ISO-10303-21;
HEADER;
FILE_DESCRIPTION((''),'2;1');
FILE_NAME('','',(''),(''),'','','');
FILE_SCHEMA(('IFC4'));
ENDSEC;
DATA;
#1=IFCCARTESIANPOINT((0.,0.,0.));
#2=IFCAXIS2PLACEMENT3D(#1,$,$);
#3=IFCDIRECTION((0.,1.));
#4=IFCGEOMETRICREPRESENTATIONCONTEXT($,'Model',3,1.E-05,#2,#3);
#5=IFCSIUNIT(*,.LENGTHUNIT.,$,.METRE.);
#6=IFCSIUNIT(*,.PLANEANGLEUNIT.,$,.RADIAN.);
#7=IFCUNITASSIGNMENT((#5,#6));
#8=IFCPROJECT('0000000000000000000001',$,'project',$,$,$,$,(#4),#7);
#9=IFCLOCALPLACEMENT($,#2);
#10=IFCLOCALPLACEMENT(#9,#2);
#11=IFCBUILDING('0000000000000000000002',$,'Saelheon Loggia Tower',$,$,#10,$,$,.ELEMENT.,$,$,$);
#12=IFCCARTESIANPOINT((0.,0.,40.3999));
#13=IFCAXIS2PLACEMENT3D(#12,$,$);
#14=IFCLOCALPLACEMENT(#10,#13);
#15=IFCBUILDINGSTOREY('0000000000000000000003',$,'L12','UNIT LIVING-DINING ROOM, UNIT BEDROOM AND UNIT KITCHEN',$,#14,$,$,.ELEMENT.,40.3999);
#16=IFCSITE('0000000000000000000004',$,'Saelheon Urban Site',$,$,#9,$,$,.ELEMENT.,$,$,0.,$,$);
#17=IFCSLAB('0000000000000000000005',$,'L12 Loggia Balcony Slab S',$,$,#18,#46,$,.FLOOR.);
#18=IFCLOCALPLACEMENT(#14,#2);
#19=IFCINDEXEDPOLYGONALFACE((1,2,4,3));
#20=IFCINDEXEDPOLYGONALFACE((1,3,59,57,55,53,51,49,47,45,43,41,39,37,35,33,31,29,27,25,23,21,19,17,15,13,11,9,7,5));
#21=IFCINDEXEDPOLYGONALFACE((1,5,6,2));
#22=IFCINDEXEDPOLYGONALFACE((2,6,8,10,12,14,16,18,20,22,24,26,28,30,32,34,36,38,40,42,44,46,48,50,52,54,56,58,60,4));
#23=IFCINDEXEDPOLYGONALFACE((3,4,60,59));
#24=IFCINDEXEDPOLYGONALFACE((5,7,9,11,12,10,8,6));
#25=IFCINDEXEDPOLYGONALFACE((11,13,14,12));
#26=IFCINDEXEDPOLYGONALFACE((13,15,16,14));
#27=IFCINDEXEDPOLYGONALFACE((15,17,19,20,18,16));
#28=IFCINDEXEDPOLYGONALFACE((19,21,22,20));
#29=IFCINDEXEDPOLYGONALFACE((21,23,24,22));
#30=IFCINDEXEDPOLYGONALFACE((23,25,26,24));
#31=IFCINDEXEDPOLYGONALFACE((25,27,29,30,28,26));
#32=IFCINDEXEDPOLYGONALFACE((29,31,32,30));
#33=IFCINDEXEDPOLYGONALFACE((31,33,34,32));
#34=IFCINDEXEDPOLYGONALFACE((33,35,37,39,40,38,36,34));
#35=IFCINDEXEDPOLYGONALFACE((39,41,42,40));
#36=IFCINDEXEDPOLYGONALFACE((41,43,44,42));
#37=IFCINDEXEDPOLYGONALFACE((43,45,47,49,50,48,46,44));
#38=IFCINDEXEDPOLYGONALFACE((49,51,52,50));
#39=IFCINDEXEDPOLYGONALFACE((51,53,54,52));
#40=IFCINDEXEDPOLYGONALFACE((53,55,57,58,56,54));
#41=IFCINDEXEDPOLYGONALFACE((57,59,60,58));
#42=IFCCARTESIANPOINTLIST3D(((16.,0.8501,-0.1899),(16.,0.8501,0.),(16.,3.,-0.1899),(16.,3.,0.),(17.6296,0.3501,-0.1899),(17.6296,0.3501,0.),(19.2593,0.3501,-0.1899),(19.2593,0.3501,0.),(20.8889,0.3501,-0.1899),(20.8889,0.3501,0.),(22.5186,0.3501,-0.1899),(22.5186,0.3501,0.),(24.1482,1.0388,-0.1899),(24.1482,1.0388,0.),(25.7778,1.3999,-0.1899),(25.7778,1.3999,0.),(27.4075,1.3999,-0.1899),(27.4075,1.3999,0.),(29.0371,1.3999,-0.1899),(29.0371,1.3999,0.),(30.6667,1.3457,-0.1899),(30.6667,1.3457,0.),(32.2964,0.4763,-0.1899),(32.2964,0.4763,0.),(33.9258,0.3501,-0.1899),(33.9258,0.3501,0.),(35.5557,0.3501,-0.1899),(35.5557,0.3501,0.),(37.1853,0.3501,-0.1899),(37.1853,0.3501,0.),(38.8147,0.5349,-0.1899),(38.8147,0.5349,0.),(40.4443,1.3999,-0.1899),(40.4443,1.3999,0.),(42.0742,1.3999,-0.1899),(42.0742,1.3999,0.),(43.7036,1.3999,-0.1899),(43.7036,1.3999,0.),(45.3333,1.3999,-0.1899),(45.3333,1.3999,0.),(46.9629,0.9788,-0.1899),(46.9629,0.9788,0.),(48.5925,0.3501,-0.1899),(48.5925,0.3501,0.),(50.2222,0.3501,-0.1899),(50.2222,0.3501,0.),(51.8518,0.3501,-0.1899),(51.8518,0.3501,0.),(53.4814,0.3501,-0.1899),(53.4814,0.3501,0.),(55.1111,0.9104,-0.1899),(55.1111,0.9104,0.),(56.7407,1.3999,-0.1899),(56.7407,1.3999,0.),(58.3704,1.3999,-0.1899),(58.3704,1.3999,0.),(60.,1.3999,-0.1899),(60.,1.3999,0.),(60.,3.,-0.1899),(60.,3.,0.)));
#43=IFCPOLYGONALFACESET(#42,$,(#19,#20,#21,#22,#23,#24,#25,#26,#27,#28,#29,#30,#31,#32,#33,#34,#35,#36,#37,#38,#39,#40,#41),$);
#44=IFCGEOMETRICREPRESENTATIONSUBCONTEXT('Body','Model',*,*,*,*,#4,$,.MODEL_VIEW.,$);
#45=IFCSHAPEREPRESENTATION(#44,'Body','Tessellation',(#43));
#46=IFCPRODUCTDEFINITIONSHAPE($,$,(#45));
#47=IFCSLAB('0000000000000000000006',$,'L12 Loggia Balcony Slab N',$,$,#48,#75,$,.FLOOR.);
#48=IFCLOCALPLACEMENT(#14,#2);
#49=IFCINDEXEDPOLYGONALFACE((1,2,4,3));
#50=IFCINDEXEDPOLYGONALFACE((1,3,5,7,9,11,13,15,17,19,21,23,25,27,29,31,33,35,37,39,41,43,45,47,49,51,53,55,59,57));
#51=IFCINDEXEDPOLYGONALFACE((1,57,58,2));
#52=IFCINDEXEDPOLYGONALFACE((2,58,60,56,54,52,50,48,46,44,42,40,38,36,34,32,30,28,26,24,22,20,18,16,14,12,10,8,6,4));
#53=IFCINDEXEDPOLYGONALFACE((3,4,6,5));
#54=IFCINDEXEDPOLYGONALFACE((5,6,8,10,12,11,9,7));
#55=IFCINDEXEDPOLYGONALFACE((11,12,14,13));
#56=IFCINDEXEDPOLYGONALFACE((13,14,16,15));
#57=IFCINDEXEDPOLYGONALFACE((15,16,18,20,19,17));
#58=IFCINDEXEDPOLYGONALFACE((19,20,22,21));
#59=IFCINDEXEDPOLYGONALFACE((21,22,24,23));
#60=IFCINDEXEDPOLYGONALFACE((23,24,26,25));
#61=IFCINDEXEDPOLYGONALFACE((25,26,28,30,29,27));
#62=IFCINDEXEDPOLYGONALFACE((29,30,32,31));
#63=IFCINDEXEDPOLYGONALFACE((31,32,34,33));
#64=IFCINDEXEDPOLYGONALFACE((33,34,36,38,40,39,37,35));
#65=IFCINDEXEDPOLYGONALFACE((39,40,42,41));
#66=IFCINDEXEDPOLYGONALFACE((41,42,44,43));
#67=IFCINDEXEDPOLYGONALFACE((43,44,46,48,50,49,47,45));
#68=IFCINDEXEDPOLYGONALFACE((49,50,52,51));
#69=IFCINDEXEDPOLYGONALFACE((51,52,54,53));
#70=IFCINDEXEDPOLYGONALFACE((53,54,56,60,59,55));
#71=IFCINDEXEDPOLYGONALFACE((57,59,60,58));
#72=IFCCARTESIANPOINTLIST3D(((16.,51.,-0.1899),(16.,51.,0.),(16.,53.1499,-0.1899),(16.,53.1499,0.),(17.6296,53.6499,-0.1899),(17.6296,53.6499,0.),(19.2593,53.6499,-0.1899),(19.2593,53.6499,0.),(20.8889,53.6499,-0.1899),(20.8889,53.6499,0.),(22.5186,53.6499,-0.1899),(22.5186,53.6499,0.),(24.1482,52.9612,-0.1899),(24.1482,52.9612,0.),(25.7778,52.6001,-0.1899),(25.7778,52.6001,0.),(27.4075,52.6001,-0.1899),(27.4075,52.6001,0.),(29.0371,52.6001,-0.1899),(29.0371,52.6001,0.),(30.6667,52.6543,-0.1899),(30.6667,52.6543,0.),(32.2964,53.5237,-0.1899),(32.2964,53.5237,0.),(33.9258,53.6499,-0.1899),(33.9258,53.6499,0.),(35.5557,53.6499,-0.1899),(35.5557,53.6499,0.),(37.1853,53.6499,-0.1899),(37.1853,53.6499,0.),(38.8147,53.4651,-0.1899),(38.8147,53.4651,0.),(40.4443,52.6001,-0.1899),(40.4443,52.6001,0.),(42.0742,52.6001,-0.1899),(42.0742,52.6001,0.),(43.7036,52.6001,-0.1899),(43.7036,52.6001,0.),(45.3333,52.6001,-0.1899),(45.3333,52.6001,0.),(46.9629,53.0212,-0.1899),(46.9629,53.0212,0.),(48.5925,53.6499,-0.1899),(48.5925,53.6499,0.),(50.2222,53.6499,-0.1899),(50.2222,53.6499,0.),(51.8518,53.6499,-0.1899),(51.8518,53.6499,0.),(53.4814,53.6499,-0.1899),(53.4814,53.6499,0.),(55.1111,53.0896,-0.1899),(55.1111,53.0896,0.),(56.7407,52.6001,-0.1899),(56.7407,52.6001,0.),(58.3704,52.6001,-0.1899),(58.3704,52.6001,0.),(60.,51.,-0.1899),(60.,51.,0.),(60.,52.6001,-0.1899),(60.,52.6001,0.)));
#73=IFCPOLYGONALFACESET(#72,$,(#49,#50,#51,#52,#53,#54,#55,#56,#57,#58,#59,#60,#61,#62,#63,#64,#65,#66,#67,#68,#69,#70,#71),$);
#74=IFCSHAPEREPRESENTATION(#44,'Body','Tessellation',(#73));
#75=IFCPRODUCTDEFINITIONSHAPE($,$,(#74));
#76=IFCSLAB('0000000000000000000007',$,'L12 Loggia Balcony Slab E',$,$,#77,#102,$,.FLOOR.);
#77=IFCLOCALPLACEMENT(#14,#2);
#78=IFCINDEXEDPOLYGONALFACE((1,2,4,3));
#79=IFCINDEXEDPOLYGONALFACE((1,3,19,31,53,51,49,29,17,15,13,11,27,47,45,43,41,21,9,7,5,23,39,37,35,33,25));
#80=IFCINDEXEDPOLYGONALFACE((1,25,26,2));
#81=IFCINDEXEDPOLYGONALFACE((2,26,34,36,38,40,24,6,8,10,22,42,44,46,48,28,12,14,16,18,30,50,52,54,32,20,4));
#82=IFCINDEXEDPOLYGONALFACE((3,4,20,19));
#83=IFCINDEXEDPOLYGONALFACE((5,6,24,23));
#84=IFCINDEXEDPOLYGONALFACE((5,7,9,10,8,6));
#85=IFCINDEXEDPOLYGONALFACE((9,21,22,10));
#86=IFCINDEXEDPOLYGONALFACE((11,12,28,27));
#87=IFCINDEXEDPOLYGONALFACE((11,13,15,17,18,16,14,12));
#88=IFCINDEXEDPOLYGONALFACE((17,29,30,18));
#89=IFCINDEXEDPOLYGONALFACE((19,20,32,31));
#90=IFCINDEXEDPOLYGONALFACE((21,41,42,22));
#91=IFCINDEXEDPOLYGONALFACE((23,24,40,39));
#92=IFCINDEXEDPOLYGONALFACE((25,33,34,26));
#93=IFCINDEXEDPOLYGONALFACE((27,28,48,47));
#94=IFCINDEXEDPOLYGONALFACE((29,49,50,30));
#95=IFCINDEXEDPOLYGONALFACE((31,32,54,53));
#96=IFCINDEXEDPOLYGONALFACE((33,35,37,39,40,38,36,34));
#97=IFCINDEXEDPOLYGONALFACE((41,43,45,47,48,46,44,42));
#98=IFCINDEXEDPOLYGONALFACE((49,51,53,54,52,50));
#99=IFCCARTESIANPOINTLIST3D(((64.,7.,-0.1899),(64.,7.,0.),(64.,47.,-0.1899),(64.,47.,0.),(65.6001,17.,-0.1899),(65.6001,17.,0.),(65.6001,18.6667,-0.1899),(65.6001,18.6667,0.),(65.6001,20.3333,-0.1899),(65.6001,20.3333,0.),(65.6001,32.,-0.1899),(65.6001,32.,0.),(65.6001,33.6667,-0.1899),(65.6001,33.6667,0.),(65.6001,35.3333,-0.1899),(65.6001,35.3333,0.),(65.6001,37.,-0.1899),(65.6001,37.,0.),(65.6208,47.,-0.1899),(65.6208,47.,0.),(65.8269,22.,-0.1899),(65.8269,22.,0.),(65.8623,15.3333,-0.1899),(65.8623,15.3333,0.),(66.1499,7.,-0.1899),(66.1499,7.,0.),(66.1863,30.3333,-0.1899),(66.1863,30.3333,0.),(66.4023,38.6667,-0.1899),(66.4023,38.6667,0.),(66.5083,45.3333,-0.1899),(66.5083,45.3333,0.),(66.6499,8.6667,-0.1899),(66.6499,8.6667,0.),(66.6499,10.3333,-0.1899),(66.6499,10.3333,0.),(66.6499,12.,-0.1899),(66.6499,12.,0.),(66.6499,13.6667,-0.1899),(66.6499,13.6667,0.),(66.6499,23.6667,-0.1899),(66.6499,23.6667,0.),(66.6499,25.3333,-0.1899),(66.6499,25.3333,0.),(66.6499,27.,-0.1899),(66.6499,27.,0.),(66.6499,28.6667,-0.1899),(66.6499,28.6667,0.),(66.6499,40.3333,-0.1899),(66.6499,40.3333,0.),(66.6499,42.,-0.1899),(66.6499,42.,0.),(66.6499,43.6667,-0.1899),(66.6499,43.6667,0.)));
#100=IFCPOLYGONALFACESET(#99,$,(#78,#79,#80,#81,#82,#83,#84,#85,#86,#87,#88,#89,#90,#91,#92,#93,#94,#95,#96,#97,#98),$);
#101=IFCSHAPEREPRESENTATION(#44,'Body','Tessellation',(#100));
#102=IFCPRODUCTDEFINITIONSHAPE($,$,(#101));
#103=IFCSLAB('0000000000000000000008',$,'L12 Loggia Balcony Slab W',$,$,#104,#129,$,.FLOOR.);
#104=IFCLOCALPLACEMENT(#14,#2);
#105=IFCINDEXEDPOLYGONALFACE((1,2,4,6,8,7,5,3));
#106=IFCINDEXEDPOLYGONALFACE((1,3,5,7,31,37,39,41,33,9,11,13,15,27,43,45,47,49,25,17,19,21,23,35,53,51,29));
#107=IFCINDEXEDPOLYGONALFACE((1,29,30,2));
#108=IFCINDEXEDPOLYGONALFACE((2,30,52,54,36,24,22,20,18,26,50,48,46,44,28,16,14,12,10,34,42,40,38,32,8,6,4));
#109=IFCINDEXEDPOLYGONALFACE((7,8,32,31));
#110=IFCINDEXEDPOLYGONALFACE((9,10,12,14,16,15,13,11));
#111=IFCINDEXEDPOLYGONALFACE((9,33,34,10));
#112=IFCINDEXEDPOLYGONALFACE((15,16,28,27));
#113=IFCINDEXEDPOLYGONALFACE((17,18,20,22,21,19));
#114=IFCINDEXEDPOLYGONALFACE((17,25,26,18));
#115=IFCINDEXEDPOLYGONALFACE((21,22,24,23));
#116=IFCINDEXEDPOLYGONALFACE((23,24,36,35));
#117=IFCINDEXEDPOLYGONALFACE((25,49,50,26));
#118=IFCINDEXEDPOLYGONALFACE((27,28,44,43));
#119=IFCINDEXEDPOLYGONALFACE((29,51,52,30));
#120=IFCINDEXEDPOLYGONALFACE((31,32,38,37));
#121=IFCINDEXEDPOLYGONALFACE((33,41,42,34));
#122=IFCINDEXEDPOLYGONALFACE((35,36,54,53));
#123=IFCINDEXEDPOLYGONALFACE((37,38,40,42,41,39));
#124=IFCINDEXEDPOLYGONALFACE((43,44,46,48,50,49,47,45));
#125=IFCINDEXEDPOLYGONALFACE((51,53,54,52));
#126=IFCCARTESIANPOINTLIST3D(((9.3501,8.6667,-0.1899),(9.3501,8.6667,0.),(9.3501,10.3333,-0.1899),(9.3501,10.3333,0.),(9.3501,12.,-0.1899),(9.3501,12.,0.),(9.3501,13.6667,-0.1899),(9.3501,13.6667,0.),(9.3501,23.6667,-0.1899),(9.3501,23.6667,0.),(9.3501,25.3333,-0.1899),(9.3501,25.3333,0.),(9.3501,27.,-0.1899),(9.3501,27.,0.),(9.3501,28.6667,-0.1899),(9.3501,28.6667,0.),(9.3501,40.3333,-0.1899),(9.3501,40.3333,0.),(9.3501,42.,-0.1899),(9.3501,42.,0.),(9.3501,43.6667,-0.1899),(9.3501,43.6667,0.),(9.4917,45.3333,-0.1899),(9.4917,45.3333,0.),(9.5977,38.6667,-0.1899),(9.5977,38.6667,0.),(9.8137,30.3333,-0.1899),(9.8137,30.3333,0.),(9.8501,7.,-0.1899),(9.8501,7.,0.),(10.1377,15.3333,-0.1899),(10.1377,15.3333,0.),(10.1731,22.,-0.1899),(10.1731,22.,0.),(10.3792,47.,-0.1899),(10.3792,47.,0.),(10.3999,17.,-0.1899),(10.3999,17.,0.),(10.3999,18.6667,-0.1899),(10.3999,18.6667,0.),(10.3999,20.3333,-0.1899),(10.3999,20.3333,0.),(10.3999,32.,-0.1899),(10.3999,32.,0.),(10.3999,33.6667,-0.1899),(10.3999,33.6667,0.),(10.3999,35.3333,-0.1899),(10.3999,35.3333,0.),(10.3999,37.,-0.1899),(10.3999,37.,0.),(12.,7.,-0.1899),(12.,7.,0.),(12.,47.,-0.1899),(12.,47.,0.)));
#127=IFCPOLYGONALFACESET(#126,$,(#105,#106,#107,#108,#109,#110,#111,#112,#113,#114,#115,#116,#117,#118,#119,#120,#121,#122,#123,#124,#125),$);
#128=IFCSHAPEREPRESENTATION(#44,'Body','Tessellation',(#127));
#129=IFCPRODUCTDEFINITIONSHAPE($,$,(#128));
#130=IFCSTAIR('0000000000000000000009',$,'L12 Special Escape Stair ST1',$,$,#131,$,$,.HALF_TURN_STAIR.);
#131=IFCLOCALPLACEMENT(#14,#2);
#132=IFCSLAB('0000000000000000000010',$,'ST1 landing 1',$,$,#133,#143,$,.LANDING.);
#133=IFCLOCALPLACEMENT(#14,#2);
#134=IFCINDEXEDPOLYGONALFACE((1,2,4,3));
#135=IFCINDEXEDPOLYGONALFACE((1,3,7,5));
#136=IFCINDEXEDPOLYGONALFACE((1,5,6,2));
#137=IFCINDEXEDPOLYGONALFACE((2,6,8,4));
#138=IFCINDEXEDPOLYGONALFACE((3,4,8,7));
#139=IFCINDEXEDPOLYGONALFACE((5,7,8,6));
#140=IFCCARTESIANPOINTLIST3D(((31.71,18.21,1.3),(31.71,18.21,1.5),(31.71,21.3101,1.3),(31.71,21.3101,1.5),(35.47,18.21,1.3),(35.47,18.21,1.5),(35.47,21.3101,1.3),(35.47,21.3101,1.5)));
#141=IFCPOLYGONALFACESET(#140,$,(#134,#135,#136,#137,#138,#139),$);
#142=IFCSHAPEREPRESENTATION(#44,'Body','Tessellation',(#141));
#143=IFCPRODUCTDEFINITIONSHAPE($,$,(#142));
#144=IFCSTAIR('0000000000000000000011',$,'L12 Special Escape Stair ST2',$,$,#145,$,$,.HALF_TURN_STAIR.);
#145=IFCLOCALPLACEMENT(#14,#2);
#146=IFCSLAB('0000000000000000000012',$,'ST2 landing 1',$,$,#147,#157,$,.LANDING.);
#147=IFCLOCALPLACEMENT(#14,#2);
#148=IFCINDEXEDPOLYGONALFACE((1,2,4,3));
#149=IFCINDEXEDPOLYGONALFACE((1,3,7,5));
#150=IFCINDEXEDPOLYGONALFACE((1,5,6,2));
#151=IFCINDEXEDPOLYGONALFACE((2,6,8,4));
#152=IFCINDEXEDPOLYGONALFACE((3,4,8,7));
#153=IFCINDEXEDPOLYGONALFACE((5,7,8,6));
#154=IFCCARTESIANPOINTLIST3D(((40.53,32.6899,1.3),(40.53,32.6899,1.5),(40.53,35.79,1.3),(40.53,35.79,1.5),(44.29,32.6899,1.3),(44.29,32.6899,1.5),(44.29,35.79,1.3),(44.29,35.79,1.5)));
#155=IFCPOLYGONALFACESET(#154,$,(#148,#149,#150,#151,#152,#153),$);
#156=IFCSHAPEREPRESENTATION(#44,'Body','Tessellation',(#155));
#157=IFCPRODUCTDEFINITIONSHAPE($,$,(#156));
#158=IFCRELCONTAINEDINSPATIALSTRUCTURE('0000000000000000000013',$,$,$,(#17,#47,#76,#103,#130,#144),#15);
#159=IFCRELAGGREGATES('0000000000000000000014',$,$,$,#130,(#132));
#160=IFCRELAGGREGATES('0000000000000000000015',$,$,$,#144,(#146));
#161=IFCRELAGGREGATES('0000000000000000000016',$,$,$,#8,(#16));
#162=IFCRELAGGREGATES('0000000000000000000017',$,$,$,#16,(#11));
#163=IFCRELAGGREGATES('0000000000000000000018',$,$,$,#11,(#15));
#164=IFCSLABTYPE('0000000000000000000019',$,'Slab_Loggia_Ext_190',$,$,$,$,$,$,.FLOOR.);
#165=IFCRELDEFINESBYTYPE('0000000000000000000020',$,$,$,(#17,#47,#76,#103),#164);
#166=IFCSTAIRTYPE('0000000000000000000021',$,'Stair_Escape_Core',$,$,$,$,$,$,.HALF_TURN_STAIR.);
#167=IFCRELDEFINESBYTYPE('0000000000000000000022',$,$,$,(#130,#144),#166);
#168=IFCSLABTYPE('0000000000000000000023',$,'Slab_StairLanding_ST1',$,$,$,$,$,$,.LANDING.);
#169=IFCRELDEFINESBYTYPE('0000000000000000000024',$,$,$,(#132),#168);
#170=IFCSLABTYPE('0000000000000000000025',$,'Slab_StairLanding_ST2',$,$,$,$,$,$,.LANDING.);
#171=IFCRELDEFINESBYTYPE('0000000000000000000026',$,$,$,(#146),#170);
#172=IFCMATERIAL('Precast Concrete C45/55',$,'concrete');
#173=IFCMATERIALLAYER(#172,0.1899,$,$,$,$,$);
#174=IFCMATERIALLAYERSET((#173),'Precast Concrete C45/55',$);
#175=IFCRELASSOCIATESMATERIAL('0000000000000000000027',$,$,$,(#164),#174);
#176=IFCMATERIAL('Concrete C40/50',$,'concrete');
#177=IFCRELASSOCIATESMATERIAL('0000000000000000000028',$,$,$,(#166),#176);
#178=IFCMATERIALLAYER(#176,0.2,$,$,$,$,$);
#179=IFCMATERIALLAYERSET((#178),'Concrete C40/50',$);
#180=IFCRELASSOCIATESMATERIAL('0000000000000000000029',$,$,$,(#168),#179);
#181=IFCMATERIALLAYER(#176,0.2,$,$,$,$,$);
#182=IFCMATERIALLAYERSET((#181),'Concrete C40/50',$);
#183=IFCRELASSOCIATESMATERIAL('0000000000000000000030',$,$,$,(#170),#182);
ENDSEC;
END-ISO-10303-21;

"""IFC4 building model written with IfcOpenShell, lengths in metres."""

from ifc_helpers import new_model, si_unit, direction, frame, origin, place, context, subcontext, project, spatial, polyline, outline, extrude, material, layer, layer_set, type_object, element, aggregate, save


model = new_model("IFC4")

# Units and contexts
model_context = context("Model", 3, precision=1e-05, world=origin(), true_north=direction((0.0, 1.0)))
body_context = subcontext(model_context, "Body", "Model", "MODEL_VIEW")
ifc_project = project(units=[si_unit("LENGTHUNIT", "METRE"), si_unit("PLANEANGLEUNIT", "RADIAN")], contexts=[model_context])

# Site, building, storey
site_placement = place(None, origin())
site = spatial("IfcSite", under=ifc_project, at=site_placement, Name="Saelheon Urban Site", CompositionType="ELEMENT", RefElevation=0.0)
building_placement = place(site_placement, origin())
building = spatial("IfcBuilding", under=site, at=building_placement, Name="Saelheon Loggia Tower", CompositionType="ELEMENT")
storey_placement = place(building_placement, frame((0.0, 0.0, 40.3999)))
storey = spatial("IfcBuildingStorey", under=building, at=storey_placement, Name="L12", Description="UNIT LIVING-DINING ROOM, UNIT BEDROOM AND UNIT KITCHEN", CompositionType="ELEMENT", Elevation=40.3999)

# Slabs
ifc_material_1 = material(Name="Precast Concrete C45/55", Category="concrete")
ifc_layer_1 = layer(ifc_material_1, 0.1899)
ifc_layer_set_1 = layer_set([ifc_layer_1], Name="Precast Concrete C45/55")
slab_type_1 = type_object("IfcSlabType", Name="Slab_Loggia_Ext_190", PredefinedType="FLOOR", material=ifc_layer_set_1)
slab_1_placement = place(storey_placement, frame((0.0, 0.0, -0.1899)))
element("IfcSlab", 1, at=slab_1_placement, inside=storey, type_object=slab_type_1, Name="L12 Loggia Balcony Slab S", PredefinedType="FLOOR", context=body_context, shape_type="SweptSolid", body=[
    extrude(outline(polyline([(16.0, 0.8501), (17.6296, 0.3501), (19.2593, 0.3501), (20.8889, 0.3501), (22.5186, 0.3501), (24.1482, 1.0388), (25.7778, 1.3999), (27.4075, 1.3999), (29.0371, 1.3999), (30.6667, 1.3457), (32.2964, 0.4763), (33.9258, 0.3501), (35.5557, 0.3501), (37.1853, 0.3501), (38.8147, 0.5349), (40.4443, 1.3999), (42.0742, 1.3999), (43.7036, 1.3999), (45.3333, 1.3999), (46.9629, 0.9788), (48.5925, 0.3501), (50.2222, 0.3501), (51.8518, 0.3501), (53.4814, 0.3501), (55.1111, 0.9104), (56.7407, 1.3999), (58.3704, 1.3999), (60.0, 1.3999), (60.0, 3.0), (16.0, 3.0), (16.0, 0.8501)])), origin(), (0.0, 0.0, 1.0), 0.1899),
])
slab_2_placement = place(storey_placement, frame((0.0, 0.0, -0.1899)))
element("IfcSlab", 2, at=slab_2_placement, inside=storey, type_object=slab_type_1, Name="L12 Loggia Balcony Slab N", PredefinedType="FLOOR", context=body_context, shape_type="SweptSolid", body=[
    extrude(outline(polyline([(16.0, 51.0), (60.0, 51.0), (60.0, 52.6001), (58.3704, 52.6001), (56.7407, 52.6001), (55.1111, 53.0896), (53.4814, 53.6499), (51.8518, 53.6499), (50.2222, 53.6499), (48.5925, 53.6499), (46.9629, 53.0212), (45.3333, 52.6001), (43.7036, 52.6001), (42.0742, 52.6001), (40.4443, 52.6001), (38.8147, 53.4651), (37.1853, 53.6499), (35.5557, 53.6499), (33.9258, 53.6499), (32.2964, 53.5237), (30.6667, 52.6543), (29.0371, 52.6001), (27.4075, 52.6001), (25.7778, 52.6001), (24.1482, 52.9612), (22.5186, 53.6499), (20.8889, 53.6499), (19.2593, 53.6499), (17.6296, 53.6499), (16.0, 53.1499), (16.0, 51.0)])), origin(), (0.0, 0.0, 1.0), 0.1899),
])
slab_3_placement = place(storey_placement, frame((0.0, 0.0, -0.1899)))
element("IfcSlab", 3, at=slab_3_placement, inside=storey, type_object=slab_type_1, Name="L12 Loggia Balcony Slab E", PredefinedType="FLOOR", context=body_context, shape_type="SweptSolid", body=[
    extrude(outline(polyline([(64.0, 7.0), (66.1499, 7.0), (66.6499, 8.6667), (66.6499, 10.3333), (66.6499, 12.0), (66.6499, 13.6667), (65.8623, 15.3333), (65.6001, 17.0), (65.6001, 18.6667), (65.6001, 20.3333), (65.8269, 22.0), (66.6499, 23.6667), (66.6499, 25.3333), (66.6499, 27.0), (66.6499, 28.6667), (66.1863, 30.3333), (65.6001, 32.0), (65.6001, 33.6667), (65.6001, 35.3333), (65.6001, 37.0), (66.4023, 38.6667), (66.6499, 40.3333), (66.6499, 42.0), (66.6499, 43.6667), (66.5083, 45.3333), (65.6208, 47.0), (64.0, 47.0), (64.0, 7.0)])), origin(), (0.0, 0.0, 1.0), 0.1899),
])
slab_4_placement = place(storey_placement, frame((0.0, 0.0, -0.1899)))
element("IfcSlab", 4, at=slab_4_placement, inside=storey, type_object=slab_type_1, Name="L12 Loggia Balcony Slab W", PredefinedType="FLOOR", context=body_context, shape_type="SweptSolid", body=[
    extrude(outline(polyline([(12.0, 7.0), (12.0, 47.0), (10.3792, 47.0), (9.4917, 45.3333), (9.3501, 43.6667), (9.3501, 42.0), (9.3501, 40.3333), (9.5977, 38.6667), (10.3999, 37.0), (10.3999, 35.3333), (10.3999, 33.6667), (10.3999, 32.0), (9.8137, 30.3333), (9.3501, 28.6667), (9.3501, 27.0), (9.3501, 25.3333), (9.3501, 23.6667), (10.1731, 22.0), (10.3999, 20.3333), (10.3999, 18.6667), (10.3999, 17.0), (10.1377, 15.3333), (9.3501, 13.6667), (9.3501, 12.0), (9.3501, 10.3333), (9.3501, 8.6667), (9.8501, 7.0), (12.0, 7.0)])), origin(), (0.0, 0.0, 1.0), 0.1899),
])

# Stairs, slabs
ifc_material_2 = material(Name="Concrete C40/50", Category="concrete")
stair_type = type_object("IfcStairType", Name="Stair_Escape_Core", PredefinedType="HALF_TURN_STAIR", material=ifc_material_2)
stair_1_placement = place(storey_placement, origin())
stair_1 = element("IfcStair", 5, at=stair_1_placement, inside=storey, type_object=stair_type, Name="L12 Special Escape Stair ST1", PredefinedType="HALF_TURN_STAIR")
ifc_layer_2 = layer(ifc_material_2, 0.2)
ifc_layer_set_2 = layer_set([ifc_layer_2], Name="Concrete C40/50")
slab_type_2 = type_object("IfcSlabType", Name="Slab_StairLanding_ST1", PredefinedType="LANDING", material=ifc_layer_set_2)
slab_5_placement = place(storey_placement, frame((0.0, 0.0, 1.3)))
slab_5 = element("IfcSlab", 6, at=slab_5_placement, type_object=slab_type_2, Name="ST1 landing 1", PredefinedType="LANDING", context=body_context, shape_type="SweptSolid", body=[
    extrude(outline(polyline([(31.71, 21.3101), (31.71, 18.21), (35.47, 18.21), (35.47, 21.3101), (31.71, 21.3101)])), origin(), (0.0, 0.0, 1.0), 0.2),
])
aggregate(stair_1, [slab_5])
stair_2_placement = place(storey_placement, origin())
stair_2 = element("IfcStair", 7, at=stair_2_placement, inside=storey, type_object=stair_type, Name="L12 Special Escape Stair ST2", PredefinedType="HALF_TURN_STAIR")
ifc_layer_3 = layer(ifc_material_2, 0.2)
ifc_layer_set_3 = layer_set([ifc_layer_3], Name="Concrete C40/50")
slab_type_3 = type_object("IfcSlabType", Name="Slab_StairLanding_ST2", PredefinedType="LANDING", material=ifc_layer_set_3)
slab_6_placement = place(storey_placement, frame((0.0, 0.0, 1.3)))
slab_6 = element("IfcSlab", 8, at=slab_6_placement, type_object=slab_type_3, Name="ST2 landing 1", PredefinedType="LANDING", context=body_context, shape_type="SweptSolid", body=[
    extrude(outline(polyline([(44.29, 32.6899), (44.29, 35.79), (40.53, 35.79), (40.53, 32.6899), (44.29, 32.6899)])), origin(), (0.0, 0.0, 1.0), 0.2),
])
aggregate(stair_2, [slab_6])

save(model, "model.ifc")
